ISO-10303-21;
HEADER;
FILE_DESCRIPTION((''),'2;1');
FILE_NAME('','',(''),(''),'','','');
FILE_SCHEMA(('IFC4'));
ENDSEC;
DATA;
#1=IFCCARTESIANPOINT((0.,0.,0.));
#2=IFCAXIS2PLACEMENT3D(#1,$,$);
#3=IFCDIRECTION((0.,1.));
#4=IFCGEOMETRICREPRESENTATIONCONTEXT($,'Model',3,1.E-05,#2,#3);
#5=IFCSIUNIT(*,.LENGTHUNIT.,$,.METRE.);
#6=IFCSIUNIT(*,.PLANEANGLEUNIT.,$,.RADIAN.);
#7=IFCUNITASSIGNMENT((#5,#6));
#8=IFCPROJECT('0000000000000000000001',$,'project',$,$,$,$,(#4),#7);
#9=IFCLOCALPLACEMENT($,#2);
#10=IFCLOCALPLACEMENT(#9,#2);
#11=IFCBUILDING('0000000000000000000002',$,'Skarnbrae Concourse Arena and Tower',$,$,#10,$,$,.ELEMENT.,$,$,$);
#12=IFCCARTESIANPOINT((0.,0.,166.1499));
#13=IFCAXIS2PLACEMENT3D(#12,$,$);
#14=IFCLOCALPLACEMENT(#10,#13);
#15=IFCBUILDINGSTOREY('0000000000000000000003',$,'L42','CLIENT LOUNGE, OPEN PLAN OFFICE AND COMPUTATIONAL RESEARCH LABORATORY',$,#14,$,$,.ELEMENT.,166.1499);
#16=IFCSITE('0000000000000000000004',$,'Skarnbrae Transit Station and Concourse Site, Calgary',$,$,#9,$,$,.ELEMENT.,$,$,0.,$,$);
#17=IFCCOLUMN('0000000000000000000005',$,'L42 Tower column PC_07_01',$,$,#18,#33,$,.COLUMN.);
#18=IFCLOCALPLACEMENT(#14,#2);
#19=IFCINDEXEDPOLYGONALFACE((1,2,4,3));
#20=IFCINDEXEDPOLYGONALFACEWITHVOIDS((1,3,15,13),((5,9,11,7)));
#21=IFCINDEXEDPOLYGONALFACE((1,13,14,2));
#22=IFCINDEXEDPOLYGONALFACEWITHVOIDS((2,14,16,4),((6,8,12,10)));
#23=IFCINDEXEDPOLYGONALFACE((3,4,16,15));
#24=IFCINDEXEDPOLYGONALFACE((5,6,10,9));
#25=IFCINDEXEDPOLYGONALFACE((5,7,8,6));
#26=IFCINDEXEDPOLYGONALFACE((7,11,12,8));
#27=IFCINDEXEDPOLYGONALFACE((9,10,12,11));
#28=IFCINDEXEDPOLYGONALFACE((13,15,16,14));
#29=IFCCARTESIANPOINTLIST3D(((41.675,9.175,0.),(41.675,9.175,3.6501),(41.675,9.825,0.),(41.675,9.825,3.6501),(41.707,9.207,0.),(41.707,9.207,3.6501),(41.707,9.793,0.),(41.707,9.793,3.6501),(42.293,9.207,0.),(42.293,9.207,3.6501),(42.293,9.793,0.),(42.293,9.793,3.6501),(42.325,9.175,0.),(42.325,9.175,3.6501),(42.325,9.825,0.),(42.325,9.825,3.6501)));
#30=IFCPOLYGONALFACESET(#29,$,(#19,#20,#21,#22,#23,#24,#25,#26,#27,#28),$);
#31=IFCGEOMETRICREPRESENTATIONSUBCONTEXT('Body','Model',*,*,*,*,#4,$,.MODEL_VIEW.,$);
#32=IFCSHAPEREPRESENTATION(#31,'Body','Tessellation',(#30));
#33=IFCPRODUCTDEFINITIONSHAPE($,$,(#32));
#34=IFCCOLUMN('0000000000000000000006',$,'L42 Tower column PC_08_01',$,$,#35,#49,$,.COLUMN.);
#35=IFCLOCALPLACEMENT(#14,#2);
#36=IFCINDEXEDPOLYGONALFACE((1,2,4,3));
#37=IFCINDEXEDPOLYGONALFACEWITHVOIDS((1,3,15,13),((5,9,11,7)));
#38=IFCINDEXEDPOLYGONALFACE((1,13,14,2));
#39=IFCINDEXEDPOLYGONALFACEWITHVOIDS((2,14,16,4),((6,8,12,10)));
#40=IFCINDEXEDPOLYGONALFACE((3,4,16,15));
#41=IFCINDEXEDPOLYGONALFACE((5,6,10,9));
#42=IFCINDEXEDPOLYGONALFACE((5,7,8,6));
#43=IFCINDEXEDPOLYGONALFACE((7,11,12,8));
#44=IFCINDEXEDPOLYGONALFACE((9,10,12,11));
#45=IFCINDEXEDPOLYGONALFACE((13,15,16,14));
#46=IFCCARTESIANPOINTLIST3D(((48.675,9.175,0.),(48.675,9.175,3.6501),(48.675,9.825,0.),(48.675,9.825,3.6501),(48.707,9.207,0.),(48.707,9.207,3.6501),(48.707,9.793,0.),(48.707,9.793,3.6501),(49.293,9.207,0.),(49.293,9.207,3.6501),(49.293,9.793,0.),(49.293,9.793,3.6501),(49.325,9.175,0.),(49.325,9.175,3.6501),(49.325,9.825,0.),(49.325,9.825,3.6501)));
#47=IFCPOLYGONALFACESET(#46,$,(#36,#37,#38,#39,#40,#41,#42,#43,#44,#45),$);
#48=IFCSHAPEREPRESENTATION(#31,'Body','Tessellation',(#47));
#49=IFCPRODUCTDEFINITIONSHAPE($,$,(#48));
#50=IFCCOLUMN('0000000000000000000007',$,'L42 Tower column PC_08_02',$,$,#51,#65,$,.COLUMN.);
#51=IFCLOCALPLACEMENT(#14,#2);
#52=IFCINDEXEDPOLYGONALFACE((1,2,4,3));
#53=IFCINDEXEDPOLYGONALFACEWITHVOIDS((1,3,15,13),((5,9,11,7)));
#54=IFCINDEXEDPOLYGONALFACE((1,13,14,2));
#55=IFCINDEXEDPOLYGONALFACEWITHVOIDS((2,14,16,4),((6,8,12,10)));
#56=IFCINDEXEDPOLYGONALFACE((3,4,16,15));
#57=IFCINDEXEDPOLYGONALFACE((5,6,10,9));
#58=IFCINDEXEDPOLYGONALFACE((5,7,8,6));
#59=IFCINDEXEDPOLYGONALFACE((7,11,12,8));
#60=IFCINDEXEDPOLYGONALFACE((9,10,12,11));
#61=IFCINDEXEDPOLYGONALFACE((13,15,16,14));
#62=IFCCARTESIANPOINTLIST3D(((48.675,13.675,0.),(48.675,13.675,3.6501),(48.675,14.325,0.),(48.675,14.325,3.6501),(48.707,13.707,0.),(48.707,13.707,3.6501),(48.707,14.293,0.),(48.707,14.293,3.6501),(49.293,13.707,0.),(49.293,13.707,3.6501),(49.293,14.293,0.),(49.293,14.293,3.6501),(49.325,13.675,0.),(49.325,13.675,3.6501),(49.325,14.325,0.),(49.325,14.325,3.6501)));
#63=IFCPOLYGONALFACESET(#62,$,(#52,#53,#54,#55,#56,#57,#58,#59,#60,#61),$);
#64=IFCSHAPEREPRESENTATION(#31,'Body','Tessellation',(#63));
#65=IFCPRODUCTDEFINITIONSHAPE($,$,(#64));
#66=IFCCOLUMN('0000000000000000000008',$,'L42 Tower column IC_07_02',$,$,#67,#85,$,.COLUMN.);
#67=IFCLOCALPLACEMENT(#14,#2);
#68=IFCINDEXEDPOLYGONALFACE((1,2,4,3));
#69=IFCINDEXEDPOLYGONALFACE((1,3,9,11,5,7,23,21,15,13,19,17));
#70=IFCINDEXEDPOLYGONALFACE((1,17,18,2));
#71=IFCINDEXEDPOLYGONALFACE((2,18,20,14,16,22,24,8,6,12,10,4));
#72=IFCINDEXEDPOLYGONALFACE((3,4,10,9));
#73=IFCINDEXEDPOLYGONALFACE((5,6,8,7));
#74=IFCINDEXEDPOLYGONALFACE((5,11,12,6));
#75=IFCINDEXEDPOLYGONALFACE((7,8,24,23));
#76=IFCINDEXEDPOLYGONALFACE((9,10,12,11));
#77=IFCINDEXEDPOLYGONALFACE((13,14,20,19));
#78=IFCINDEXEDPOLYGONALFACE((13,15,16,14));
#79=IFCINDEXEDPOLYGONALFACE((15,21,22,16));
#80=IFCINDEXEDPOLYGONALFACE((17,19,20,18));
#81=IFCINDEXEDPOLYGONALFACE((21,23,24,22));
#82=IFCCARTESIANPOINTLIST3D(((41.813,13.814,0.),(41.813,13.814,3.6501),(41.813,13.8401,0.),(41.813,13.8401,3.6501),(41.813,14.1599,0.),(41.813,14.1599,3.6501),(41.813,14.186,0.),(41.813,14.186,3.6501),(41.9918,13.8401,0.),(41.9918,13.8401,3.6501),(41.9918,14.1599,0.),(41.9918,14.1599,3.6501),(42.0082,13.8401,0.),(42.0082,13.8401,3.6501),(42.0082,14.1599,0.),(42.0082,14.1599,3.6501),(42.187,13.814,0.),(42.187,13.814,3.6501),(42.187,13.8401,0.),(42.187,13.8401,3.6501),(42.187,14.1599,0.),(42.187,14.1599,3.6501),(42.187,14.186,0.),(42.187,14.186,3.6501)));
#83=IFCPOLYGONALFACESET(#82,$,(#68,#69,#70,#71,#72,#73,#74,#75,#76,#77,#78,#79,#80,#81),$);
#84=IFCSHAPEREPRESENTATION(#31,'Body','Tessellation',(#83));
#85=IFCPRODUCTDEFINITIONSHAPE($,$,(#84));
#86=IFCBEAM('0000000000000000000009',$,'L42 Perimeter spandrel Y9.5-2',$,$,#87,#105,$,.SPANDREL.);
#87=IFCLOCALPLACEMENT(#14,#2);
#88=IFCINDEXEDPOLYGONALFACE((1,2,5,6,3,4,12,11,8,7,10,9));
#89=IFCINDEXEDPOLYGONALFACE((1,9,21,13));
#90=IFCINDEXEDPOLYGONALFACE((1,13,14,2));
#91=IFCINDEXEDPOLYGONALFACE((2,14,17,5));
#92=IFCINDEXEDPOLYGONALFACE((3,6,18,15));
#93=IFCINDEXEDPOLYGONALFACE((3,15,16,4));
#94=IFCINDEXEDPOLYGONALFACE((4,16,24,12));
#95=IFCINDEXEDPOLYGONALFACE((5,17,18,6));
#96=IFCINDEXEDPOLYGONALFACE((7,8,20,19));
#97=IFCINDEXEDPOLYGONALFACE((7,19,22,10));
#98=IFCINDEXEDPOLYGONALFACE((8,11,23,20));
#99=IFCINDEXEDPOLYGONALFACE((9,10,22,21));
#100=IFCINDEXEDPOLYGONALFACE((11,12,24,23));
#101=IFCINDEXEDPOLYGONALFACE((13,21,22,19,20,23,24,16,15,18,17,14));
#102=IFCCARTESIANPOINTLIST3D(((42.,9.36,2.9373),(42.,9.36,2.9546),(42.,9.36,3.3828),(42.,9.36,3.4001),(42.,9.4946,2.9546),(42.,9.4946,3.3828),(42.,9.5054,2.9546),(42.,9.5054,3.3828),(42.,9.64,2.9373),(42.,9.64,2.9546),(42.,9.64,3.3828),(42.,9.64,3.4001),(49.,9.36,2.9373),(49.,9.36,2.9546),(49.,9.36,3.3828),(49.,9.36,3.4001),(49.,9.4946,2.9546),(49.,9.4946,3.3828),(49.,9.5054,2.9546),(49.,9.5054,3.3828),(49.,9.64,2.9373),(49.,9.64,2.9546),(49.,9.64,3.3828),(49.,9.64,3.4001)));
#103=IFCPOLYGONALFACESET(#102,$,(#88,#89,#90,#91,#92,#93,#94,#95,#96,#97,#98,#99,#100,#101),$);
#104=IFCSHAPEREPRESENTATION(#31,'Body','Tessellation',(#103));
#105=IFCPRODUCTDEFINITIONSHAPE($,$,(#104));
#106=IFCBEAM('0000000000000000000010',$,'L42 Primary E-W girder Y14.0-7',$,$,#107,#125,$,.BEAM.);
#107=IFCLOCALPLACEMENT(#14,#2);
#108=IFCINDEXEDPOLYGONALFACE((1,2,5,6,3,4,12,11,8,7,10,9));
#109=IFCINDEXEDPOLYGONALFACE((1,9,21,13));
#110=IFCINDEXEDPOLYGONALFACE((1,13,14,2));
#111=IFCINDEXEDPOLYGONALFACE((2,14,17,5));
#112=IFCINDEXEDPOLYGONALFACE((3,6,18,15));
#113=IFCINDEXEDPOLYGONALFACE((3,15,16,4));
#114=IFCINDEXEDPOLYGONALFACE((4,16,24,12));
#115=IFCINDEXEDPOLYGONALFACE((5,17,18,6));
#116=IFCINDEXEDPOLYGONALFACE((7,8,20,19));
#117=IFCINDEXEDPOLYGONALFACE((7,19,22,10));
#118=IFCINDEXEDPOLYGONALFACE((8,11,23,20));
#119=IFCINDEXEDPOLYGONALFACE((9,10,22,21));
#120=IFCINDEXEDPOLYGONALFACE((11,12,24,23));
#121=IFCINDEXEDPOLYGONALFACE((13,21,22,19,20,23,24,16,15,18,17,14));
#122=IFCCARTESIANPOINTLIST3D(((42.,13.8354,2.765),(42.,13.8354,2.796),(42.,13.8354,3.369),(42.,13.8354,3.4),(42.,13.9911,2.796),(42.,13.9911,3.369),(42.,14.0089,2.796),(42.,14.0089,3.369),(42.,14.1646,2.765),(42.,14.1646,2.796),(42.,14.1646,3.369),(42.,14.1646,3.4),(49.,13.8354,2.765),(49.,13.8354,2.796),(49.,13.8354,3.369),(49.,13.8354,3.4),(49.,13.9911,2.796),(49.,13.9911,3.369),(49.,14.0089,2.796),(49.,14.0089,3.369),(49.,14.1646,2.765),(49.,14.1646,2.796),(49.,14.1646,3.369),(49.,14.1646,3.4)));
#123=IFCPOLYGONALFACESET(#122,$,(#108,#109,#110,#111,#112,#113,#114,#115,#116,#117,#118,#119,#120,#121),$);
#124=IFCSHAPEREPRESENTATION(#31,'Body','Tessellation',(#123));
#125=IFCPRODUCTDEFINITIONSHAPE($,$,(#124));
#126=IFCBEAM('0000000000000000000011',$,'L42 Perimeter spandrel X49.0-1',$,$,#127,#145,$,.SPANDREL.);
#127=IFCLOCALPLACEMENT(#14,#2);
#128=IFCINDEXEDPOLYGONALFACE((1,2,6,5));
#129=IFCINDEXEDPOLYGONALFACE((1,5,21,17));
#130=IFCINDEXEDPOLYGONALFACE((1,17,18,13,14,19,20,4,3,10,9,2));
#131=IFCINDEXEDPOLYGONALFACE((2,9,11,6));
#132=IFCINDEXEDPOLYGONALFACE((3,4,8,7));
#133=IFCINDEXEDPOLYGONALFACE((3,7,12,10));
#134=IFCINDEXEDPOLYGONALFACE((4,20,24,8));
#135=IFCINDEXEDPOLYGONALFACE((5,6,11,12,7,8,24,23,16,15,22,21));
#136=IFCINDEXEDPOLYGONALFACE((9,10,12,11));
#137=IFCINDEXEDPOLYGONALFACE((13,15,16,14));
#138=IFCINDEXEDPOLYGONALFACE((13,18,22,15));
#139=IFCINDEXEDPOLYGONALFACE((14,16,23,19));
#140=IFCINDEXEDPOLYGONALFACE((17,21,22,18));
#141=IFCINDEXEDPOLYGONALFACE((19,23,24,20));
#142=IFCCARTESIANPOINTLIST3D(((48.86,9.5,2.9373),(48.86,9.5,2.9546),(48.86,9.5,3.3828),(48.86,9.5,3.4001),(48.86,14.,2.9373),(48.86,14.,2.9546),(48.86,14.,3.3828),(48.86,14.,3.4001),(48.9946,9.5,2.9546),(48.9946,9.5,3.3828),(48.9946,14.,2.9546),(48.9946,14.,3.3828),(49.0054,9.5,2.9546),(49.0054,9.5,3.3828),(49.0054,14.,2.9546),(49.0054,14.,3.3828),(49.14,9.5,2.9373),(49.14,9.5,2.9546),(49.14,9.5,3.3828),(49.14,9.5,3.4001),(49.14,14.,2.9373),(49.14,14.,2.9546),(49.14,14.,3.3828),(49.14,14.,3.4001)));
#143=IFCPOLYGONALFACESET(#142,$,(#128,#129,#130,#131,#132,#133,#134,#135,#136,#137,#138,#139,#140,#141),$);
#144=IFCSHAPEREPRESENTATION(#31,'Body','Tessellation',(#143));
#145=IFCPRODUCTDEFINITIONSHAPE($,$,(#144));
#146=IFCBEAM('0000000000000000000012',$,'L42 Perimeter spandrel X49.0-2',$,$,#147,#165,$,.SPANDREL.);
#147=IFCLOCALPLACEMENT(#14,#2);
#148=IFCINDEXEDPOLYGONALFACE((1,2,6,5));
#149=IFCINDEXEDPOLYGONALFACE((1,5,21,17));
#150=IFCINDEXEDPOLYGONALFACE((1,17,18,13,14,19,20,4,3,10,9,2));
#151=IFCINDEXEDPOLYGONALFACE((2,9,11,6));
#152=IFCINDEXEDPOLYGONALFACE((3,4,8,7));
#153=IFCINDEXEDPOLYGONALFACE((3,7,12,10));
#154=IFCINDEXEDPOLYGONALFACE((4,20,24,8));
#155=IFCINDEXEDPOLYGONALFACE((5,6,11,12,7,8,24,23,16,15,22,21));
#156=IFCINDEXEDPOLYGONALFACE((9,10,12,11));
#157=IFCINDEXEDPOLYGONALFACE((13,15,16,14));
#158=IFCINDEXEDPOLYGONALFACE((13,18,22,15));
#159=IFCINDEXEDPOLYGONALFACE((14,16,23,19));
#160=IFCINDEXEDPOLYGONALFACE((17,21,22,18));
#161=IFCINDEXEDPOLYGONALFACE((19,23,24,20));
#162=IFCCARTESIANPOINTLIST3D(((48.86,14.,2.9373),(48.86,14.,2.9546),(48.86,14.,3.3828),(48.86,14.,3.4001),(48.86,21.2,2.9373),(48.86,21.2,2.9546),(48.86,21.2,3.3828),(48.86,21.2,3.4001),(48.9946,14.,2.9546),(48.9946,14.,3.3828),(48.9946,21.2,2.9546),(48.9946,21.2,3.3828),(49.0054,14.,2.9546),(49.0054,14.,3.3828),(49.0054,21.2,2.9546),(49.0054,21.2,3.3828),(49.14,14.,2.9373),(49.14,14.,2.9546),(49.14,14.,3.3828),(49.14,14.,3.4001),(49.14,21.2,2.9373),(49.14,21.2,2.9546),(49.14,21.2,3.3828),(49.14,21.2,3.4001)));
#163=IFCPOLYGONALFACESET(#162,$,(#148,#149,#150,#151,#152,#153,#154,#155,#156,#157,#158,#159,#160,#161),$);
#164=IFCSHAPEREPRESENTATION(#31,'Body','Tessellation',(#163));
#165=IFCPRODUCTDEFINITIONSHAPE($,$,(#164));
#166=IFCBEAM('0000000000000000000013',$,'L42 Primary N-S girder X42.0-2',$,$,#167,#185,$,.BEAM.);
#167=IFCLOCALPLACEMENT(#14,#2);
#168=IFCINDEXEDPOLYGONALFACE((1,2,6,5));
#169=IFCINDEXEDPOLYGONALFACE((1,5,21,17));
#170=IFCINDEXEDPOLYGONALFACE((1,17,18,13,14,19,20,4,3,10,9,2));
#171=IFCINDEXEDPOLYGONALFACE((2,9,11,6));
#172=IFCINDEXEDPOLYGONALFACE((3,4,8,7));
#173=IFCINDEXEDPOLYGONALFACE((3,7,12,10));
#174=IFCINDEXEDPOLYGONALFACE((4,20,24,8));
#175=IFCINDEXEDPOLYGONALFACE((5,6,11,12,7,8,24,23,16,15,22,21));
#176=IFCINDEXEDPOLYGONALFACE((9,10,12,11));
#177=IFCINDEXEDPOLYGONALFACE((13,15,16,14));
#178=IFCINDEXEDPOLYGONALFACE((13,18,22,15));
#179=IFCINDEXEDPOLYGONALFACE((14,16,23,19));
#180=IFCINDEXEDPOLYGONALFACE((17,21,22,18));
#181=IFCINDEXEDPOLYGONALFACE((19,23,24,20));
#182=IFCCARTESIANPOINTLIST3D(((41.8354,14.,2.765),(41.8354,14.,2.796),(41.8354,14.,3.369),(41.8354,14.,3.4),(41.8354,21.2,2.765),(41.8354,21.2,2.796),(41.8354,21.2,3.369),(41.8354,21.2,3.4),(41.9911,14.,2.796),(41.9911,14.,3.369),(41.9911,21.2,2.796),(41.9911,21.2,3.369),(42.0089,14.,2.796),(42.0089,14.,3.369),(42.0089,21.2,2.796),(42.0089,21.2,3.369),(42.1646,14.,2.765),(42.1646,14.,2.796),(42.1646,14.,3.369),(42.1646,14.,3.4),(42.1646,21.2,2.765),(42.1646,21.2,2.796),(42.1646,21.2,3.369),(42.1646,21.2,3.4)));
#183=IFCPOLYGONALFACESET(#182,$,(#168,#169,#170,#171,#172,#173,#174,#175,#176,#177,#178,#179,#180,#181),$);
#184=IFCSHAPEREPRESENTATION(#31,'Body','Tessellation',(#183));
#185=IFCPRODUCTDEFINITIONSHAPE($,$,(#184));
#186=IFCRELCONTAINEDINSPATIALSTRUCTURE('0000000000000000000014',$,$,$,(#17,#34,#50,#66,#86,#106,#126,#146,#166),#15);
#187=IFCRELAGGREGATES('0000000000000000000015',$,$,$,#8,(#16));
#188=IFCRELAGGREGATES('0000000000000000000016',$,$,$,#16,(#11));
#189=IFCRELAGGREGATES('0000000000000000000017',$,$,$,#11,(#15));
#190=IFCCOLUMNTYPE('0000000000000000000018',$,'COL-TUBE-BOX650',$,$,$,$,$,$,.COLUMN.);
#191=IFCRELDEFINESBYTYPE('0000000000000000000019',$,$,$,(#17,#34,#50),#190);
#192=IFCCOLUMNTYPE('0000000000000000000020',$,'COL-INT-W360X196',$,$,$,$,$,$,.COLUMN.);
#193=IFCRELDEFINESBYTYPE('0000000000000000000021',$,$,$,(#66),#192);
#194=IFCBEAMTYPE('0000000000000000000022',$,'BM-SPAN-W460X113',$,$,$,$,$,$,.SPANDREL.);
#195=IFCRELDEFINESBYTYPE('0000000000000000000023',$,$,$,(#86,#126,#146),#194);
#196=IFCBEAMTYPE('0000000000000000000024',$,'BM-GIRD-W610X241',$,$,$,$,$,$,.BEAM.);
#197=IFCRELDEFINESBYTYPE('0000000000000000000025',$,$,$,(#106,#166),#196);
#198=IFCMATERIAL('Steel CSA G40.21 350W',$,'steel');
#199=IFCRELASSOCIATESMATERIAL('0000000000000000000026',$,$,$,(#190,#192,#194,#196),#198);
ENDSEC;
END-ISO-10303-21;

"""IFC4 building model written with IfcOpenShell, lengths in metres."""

from ifc_helpers import new_model, si_unit, direction, frame, origin, origin_2d, place, context, subcontext, project, spatial, hollow_rectangle, i_section, extrude, source, transform, mapped, material, material_profile, profile_set, type_object, element, save


model = new_model("IFC4")

# Units and contexts
model_context = context("Model", 3, precision=1e-05, world=origin(), true_north=direction((0.0, 1.0)))
body_context = subcontext(model_context, "Body", "Model", "MODEL_VIEW")
ifc_project = project(units=[si_unit("LENGTHUNIT", "METRE"), si_unit("PLANEANGLEUNIT", "RADIAN")], contexts=[model_context])

# Site, building, storey
site_placement = place(None, origin())
site = spatial("IfcSite", under=ifc_project, at=site_placement, Name="Skarnbrae Transit Station and Concourse Site, Calgary", CompositionType="ELEMENT", RefElevation=0.0)
building_placement = place(site_placement, origin())
building = spatial("IfcBuilding", under=site, at=building_placement, Name="Skarnbrae Concourse Arena and Tower", CompositionType="ELEMENT")
storey_placement = place(building_placement, frame((0.0, 0.0, 166.1499)))
storey = spatial("IfcBuildingStorey", under=building, at=storey_placement, Name="L42", Description="CLIENT LOUNGE, OPEN PLAN OFFICE AND COMPUTATIONAL RESEARCH LABORATORY", CompositionType="ELEMENT", Elevation=166.1499)

# Columns
ifc_material_1 = material(Name="Steel CSA G40.21 350W", Category="steel")
ifc_material_profile_1 = material_profile(ifc_material_1, hollow_rectangle(XDim=0.6499, YDim=0.6499, WallThickness=0.032, at=origin_2d()), Name="BOX650X650X32")
ifc_profile_set_1 = profile_set([ifc_material_profile_1], Name="Steel CSA G40.21 350W")
column_type_1 = type_object("IfcColumnType", Name="COL-TUBE-BOX650", PredefinedType="COLUMN", material=ifc_profile_set_1)
shared_shape_1 = source(origin(), body_context, "Body", "SweptSolid", [
    extrude(hollow_rectangle(XDim=0.6499, YDim=0.6499, WallThickness=0.032, at=origin_2d()), origin(), (0.0, 0.0, 1.0), 3.6501),
])
for number, where, z_axis, x_axis, name in (
    (1, (42.0, 9.5, 0.0), (0.0, 0.0, 1.0), (1.0, 0.0, 0.0), "L42 Tower column PC_07_01"),
    (2, (49.0, 9.5, 0.0), (0.0, 0.0, 1.0), (1.0, 0.0, 0.0), "L42 Tower column PC_08_01"),
    (3, (49.0, 14.0, 0.0), (0.0, 0.0, 1.0), (1.0, 0.0, 0.0), "L42 Tower column PC_08_02"),
):
    element("IfcColumn", number, at=place(storey_placement, frame(where, z_axis=z_axis, x_axis=x_axis)), inside=storey, type_object=column_type_1, Name=name, PredefinedType="COLUMN", context=body_context, shape_type="MappedRepresentation", body=[
        mapped(shared_shape_1, transform((0.0, 0.0, 0.0))),
    ])
ifc_material_profile_2 = material_profile(ifc_material_1, i_section(OverallWidth=0.374, OverallDepth=0.3721, WebThickness=0.0164, FlangeThickness=0.0261, at=origin_2d()), Name="W360X196")
ifc_profile_set_2 = profile_set([ifc_material_profile_2], Name="Steel CSA G40.21 350W")
column_type_2 = type_object("IfcColumnType", Name="COL-INT-W360X196", PredefinedType="COLUMN", material=ifc_profile_set_2)
shared_shape_2 = source(origin(), body_context, "Body", "SweptSolid", [
    extrude(i_section(OverallWidth=0.374, OverallDepth=0.3721, WebThickness=0.0164, FlangeThickness=0.0261, at=origin_2d()), origin(), (0.0, 0.0, 1.0), 3.6501),
])
column_placement = place(storey_placement, frame((42.0, 14.0, 0.0), z_axis=(0.0, 0.0, 1.0), x_axis=(1.0, 0.0, 0.0)))
element("IfcColumn", 4, at=column_placement, inside=storey, type_object=column_type_2, Name="L42 Tower column IC_07_02", PredefinedType="COLUMN", context=body_context, shape_type="MappedRepresentation", body=[
    mapped(shared_shape_2, transform((0.0, 0.0, 0.0))),
])

# Beams
ifc_material_profile_3 = material_profile(ifc_material_1, i_section(OverallWidth=0.28, OverallDepth=0.4629, WebThickness=0.0107, FlangeThickness=0.0173, at=origin_2d()), Name="W460X113")
ifc_profile_set_3 = profile_set([ifc_material_profile_3], Name="Steel CSA G40.21 350W")
beam_type_1 = type_object("IfcBeamType", Name="BM-SPAN-W460X113", PredefinedType="SPANDREL", material=ifc_profile_set_3)
shared_shape_3 = source(origin(), body_context, "Body", "SweptSolid", [
    extrude(i_section(OverallWidth=0.28, OverallDepth=0.4629, WebThickness=0.0107, FlangeThickness=0.0173, at=origin_2d()), origin(), (0.0, 0.0, 1.0), 7.0),
])
beam_1_placement = place(storey_placement, frame((42.0, 9.5, 3.1687), z_axis=(1.0, 0.0, 0.0), x_axis=(0.0, 1.0, 0.0)))
element("IfcBeam", 5, at=beam_1_placement, inside=storey, type_object=beam_type_1, Name="L42 Perimeter spandrel Y9.5-2", PredefinedType="SPANDREL", context=body_context, shape_type="MappedRepresentation", body=[
    mapped(shared_shape_3, transform((0.0, 0.0, 0.0))),
])
ifc_material_profile_4 = material_profile(ifc_material_1, i_section(OverallWidth=0.3291, OverallDepth=0.635, WebThickness=0.0178, FlangeThickness=0.031, at=origin_2d()), Name="W610X241")
ifc_profile_set_4 = profile_set([ifc_material_profile_4], Name="Steel CSA G40.21 350W")
beam_type_2 = type_object("IfcBeamType", Name="BM-GIRD-W610X241", PredefinedType="BEAM", material=ifc_profile_set_4)
shared_shape_4 = source(origin(), body_context, "Body", "SweptSolid", [
    extrude(i_section(OverallWidth=0.3291, OverallDepth=0.635, WebThickness=0.0178, FlangeThickness=0.031, at=origin_2d()), origin(), (0.0, 0.0, 1.0), 7.0),
])
beam_2_placement = place(storey_placement, frame((42.0, 14.0, 3.0825), z_axis=(1.0, 0.0, 0.0), x_axis=(0.0, 1.0, 0.0)))
element("IfcBeam", 6, at=beam_2_placement, inside=storey, type_object=beam_type_2, Name="L42 Primary E-W girder Y14.0-7", PredefinedType="BEAM", context=body_context, shape_type="MappedRepresentation", body=[
    mapped(shared_shape_4, transform((0.0, 0.0, 0.0))),
])
shared_shape_5 = source(origin(), body_context, "Body", "SweptSolid", [
    extrude(i_section(OverallWidth=0.28, OverallDepth=0.4629, WebThickness=0.0107, FlangeThickness=0.0173, at=origin_2d()), origin(), (0.0, 0.0, 1.0), 4.5),
])
beam_3_placement = place(storey_placement, frame((49.0, 9.5, 3.1687), z_axis=(0.0, 1.0, 0.0), x_axis=(-1.0, 0.0, 0.0)))
element("IfcBeam", 7, at=beam_3_placement, inside=storey, type_object=beam_type_1, Name="L42 Perimeter spandrel X49.0-1", PredefinedType="SPANDREL", context=body_context, shape_type="MappedRepresentation", body=[
    mapped(shared_shape_5, transform((0.0, 0.0, 0.0))),
])
shared_shape_6 = source(origin(), body_context, "Body", "SweptSolid", [
    extrude(i_section(OverallWidth=0.28, OverallDepth=0.4629, WebThickness=0.0107, FlangeThickness=0.0173, at=origin_2d()), origin(), (0.0, 0.0, 1.0), 7.2),
])
beam_4_placement = place(storey_placement, frame((49.0, 14.0, 3.1687), z_axis=(0.0, 1.0, 0.0), x_axis=(-1.0, 0.0, 0.0)))
element("IfcBeam", 8, at=beam_4_placement, inside=storey, type_object=beam_type_1, Name="L42 Perimeter spandrel X49.0-2", PredefinedType="SPANDREL", context=body_context, shape_type="MappedRepresentation", body=[
    mapped(shared_shape_6, transform((0.0, 0.0, 0.0))),
])
shared_shape_7 = source(origin(), body_context, "Body", "SweptSolid", [
    extrude(i_section(OverallWidth=0.3291, OverallDepth=0.635, WebThickness=0.0178, FlangeThickness=0.031, at=origin_2d()), origin(), (0.0, 0.0, 1.0), 7.2),
])
beam_5_placement = place(storey_placement, frame((42.0, 14.0, 3.0825), z_axis=(0.0, 1.0, 0.0), x_axis=(-1.0, 0.0, 0.0)))
element("IfcBeam", 9, at=beam_5_placement, inside=storey, type_object=beam_type_2, Name="L42 Primary N-S girder X42.0-2", PredefinedType="BEAM", context=body_context, shape_type="MappedRepresentation", body=[
    mapped(shared_shape_7, transform((0.0, 0.0, 0.0))),
])

save(model, "model.ifc")
